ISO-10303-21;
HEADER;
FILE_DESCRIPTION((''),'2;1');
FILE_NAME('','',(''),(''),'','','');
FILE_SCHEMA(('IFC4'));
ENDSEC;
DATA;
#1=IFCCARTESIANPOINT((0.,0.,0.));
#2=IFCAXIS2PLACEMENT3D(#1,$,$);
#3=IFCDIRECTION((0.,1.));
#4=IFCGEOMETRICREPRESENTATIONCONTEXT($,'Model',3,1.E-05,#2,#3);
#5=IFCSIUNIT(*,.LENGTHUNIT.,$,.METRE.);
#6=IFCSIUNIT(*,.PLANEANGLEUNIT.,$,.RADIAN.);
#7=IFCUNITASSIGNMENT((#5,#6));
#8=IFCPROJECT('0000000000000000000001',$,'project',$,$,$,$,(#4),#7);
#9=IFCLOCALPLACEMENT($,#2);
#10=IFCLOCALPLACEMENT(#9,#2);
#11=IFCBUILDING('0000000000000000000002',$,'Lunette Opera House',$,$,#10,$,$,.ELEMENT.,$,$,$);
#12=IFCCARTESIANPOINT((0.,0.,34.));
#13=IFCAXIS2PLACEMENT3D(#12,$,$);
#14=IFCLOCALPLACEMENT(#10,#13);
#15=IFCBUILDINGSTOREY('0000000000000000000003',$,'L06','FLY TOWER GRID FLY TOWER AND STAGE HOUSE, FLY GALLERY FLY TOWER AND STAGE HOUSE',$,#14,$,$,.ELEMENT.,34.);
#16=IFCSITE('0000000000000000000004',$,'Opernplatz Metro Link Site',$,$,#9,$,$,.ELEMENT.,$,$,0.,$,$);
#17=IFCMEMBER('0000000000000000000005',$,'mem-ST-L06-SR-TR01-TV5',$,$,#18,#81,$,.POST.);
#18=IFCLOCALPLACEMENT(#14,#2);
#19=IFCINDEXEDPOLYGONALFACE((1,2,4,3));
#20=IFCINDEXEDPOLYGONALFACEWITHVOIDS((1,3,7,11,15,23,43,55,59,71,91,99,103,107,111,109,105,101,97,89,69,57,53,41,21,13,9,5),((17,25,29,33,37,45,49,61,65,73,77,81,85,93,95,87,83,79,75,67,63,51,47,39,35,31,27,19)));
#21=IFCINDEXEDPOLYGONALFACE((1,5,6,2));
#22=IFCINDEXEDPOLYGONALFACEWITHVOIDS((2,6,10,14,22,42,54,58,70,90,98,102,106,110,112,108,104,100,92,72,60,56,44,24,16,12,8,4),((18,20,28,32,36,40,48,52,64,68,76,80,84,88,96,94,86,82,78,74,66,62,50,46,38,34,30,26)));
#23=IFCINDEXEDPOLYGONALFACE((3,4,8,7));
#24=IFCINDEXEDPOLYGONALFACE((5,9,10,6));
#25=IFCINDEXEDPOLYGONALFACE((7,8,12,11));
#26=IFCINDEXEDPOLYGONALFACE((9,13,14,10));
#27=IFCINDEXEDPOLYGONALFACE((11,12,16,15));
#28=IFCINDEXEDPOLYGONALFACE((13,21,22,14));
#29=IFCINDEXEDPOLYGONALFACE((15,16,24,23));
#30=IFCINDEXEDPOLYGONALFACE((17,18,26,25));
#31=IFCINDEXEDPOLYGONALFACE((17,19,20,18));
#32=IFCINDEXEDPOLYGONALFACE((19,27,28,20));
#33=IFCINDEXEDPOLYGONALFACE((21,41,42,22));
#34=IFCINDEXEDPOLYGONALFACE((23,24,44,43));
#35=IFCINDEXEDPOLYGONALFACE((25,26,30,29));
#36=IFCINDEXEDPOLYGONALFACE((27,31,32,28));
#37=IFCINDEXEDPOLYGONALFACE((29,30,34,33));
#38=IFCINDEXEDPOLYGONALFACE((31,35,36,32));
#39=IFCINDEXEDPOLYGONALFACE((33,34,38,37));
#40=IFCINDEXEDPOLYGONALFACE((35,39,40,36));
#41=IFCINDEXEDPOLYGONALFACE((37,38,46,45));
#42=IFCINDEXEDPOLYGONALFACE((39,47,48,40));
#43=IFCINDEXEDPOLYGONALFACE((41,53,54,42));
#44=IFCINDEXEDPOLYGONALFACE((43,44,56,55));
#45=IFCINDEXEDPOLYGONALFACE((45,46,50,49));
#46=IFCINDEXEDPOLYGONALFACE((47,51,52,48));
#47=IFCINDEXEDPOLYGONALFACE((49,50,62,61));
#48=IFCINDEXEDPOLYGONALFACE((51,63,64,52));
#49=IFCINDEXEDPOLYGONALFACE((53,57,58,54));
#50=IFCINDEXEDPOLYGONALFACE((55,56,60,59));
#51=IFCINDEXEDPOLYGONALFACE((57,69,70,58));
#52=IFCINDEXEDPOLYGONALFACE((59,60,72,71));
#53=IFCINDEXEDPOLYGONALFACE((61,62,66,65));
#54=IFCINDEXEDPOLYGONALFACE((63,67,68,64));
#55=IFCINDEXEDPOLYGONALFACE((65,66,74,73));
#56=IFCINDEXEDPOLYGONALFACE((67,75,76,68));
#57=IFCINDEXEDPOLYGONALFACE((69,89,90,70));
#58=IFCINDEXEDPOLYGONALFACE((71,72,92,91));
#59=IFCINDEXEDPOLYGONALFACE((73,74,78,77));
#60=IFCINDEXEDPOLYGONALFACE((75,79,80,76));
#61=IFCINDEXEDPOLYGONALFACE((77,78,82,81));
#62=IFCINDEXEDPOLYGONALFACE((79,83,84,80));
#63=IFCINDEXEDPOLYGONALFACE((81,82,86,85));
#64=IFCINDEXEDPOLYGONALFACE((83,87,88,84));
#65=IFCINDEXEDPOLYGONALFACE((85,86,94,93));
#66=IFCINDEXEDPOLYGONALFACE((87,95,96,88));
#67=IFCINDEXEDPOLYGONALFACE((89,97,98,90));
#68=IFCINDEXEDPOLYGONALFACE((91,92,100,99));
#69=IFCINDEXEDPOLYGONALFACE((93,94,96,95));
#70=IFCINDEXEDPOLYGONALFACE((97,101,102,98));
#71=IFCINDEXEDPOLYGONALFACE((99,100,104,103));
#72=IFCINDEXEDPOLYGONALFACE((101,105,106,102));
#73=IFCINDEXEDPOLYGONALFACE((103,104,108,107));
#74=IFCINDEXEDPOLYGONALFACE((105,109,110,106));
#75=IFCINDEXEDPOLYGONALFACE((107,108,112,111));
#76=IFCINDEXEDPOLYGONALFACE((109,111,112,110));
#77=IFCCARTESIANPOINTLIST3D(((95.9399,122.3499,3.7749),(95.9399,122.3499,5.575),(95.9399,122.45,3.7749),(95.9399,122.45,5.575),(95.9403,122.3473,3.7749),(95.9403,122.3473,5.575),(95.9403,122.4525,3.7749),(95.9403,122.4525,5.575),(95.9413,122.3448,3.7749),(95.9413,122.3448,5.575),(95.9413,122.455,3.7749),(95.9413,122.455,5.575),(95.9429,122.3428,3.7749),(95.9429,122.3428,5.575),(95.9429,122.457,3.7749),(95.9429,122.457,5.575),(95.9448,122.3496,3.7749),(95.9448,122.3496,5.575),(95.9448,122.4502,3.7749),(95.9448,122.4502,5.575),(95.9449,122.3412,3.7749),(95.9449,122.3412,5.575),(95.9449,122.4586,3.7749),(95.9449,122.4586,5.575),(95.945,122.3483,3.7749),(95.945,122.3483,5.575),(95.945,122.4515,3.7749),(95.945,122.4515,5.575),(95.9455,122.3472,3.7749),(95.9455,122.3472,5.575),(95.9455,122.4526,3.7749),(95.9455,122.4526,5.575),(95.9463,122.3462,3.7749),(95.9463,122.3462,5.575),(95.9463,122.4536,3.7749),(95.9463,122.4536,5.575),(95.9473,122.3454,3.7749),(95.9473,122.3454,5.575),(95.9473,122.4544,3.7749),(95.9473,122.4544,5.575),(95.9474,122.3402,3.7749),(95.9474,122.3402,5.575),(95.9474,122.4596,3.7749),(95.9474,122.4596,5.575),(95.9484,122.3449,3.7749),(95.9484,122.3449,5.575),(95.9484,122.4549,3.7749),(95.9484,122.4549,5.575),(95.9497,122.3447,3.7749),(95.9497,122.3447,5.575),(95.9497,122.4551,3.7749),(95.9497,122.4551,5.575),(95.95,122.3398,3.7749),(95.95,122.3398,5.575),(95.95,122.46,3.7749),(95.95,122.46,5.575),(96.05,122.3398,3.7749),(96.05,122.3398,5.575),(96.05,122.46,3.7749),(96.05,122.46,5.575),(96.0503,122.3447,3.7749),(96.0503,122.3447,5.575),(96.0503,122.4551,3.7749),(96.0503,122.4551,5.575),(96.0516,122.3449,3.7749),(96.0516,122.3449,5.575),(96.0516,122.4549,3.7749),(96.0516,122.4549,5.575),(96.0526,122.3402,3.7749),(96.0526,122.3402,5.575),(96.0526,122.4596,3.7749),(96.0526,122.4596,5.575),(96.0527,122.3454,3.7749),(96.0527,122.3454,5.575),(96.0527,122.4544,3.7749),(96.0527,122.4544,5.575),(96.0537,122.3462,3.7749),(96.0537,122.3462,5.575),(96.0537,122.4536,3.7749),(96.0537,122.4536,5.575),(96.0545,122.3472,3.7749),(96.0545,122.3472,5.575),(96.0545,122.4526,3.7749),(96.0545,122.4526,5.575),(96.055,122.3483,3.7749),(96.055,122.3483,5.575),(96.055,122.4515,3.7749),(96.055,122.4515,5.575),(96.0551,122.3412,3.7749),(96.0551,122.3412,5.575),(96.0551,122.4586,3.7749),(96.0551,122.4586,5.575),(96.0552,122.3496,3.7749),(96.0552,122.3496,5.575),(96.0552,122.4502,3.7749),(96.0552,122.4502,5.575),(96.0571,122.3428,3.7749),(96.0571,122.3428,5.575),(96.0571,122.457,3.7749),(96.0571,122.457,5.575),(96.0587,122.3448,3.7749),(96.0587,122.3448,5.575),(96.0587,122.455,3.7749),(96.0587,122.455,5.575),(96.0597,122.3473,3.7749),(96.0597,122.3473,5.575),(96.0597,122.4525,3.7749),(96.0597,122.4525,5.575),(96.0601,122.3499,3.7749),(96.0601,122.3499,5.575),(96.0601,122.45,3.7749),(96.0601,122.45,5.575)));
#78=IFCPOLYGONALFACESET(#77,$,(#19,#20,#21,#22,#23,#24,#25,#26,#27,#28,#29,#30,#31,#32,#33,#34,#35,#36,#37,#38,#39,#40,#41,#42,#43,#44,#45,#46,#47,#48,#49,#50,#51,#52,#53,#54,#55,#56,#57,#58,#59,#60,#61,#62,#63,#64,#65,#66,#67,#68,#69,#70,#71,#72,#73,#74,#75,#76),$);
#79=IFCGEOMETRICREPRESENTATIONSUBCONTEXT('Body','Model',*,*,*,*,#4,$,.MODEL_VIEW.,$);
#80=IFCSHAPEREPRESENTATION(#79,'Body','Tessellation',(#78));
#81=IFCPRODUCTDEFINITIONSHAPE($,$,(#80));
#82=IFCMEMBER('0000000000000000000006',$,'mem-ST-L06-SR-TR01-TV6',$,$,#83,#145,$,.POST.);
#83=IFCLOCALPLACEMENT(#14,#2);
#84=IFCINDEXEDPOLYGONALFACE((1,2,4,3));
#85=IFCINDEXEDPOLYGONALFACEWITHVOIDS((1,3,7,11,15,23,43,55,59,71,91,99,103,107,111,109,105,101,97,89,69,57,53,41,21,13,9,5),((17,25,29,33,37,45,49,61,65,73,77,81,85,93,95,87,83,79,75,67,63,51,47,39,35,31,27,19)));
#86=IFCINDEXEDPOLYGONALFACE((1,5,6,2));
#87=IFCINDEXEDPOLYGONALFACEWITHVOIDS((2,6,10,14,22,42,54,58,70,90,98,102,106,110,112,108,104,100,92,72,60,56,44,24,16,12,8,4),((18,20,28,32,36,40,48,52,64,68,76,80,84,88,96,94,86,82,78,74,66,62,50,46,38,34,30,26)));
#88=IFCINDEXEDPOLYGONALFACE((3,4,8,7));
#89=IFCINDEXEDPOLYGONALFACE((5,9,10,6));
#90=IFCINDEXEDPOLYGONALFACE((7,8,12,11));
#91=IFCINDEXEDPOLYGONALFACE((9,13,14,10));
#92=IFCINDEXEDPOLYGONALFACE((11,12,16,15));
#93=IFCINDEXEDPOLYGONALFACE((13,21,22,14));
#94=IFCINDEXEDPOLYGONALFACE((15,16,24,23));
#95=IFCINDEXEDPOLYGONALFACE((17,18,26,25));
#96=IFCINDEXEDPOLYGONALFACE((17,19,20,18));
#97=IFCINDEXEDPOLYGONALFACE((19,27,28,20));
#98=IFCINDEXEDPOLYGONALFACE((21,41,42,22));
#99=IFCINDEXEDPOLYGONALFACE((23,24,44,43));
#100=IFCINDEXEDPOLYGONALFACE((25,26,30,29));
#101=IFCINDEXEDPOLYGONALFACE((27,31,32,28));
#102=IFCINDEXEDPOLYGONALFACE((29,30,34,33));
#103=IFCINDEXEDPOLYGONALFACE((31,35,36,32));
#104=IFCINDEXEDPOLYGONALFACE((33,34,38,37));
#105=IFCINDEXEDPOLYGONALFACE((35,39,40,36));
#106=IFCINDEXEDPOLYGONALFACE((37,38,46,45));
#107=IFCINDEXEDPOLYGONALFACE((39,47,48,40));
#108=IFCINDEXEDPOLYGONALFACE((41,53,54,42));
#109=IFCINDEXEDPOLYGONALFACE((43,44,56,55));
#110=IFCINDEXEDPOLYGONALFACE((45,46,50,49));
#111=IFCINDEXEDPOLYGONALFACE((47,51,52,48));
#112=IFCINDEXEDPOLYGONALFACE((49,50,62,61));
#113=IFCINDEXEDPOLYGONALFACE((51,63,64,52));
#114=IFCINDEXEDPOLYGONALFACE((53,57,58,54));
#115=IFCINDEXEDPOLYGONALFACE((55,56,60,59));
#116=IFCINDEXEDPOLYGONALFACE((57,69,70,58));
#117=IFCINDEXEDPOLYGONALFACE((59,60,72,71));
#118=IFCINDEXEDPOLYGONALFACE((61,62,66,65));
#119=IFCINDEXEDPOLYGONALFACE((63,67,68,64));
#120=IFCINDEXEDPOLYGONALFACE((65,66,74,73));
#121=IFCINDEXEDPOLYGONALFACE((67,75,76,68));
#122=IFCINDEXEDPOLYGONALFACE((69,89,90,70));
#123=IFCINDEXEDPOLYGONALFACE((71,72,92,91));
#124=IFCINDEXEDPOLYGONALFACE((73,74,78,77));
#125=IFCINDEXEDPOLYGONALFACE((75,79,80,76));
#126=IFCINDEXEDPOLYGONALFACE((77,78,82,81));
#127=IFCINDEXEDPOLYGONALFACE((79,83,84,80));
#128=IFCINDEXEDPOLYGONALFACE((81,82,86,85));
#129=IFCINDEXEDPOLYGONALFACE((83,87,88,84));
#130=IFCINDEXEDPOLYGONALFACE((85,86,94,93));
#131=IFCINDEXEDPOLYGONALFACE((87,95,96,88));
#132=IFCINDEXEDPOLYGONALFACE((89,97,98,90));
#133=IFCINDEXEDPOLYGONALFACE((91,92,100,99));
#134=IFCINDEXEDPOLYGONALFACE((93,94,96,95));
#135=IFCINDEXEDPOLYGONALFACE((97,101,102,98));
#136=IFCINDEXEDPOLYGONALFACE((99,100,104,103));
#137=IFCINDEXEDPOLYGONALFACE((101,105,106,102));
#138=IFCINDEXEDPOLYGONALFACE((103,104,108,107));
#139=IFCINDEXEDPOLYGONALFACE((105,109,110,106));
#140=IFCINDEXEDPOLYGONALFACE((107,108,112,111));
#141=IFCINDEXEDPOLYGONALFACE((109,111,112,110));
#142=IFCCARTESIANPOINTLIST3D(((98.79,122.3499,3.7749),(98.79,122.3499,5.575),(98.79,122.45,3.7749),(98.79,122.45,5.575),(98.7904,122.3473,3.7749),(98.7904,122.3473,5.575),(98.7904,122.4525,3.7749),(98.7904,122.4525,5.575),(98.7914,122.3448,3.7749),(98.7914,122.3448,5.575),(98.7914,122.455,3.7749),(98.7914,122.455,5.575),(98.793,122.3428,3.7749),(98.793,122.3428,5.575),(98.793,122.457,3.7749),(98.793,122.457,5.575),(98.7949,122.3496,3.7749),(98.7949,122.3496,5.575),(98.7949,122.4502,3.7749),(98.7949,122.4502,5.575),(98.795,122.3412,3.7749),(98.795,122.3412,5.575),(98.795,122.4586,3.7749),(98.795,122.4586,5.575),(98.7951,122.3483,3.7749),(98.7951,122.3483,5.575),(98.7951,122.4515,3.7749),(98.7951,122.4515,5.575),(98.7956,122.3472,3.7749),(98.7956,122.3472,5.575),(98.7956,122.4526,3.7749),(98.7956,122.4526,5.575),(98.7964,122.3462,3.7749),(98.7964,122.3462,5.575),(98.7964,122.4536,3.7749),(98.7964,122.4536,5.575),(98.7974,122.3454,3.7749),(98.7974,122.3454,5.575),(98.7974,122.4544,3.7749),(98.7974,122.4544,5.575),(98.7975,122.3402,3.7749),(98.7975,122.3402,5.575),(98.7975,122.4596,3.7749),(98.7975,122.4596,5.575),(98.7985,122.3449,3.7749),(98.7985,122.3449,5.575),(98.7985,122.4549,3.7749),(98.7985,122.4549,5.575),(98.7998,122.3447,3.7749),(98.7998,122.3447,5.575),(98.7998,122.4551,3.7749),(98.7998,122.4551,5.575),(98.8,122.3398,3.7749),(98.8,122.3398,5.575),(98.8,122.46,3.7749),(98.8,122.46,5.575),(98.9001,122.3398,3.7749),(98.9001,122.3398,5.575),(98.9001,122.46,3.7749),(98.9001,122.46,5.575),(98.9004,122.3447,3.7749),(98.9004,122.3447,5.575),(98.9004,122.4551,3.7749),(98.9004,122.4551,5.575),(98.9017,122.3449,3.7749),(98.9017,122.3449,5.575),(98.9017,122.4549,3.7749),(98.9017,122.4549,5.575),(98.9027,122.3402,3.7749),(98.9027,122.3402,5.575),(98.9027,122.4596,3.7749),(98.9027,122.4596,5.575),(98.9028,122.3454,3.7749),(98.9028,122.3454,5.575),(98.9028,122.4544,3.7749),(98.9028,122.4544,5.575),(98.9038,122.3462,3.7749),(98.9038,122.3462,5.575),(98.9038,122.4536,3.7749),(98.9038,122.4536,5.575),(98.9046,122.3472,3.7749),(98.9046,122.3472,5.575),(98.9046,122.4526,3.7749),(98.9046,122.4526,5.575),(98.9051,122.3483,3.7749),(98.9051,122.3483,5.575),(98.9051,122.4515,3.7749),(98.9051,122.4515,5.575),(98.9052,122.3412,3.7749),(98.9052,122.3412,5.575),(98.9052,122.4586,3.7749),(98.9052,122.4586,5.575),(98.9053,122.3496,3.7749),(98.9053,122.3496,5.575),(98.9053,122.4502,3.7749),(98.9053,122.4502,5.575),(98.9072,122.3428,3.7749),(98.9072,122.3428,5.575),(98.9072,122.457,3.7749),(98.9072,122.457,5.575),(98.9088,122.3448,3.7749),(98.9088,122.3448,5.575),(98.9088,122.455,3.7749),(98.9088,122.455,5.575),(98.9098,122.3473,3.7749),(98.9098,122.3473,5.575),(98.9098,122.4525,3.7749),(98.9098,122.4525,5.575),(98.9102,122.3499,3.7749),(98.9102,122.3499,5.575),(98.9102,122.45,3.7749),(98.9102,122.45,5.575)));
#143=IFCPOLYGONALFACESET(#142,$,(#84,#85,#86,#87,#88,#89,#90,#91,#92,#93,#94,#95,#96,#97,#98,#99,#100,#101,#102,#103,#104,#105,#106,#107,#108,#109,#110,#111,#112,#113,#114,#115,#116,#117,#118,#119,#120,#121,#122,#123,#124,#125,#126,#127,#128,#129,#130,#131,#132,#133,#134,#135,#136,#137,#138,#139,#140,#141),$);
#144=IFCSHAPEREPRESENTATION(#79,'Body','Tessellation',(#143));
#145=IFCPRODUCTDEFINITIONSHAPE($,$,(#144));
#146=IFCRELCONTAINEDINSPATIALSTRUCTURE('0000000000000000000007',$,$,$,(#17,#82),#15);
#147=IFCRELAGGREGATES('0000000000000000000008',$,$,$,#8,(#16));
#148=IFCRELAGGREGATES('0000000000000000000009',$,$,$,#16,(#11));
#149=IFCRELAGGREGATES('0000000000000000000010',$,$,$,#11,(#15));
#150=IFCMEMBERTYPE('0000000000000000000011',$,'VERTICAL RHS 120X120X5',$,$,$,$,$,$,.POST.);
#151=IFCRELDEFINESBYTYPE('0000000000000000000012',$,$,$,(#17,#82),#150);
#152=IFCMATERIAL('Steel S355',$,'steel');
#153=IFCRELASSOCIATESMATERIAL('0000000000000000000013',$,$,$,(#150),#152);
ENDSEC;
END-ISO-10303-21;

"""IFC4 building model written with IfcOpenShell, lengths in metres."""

from ifc_helpers import new_model, si_unit, direction, frame, origin, origin_2d, place, context, subcontext, project, spatial, hollow_rectangle, extrude, material, material_profile, profile_set, type_object, element, save


model = new_model("IFC4")

# Units and contexts
model_context = context("Model", 3, precision=1e-05, world=origin(), true_north=direction((0.0, 1.0)))
body_context = subcontext(model_context, "Body", "Model", "MODEL_VIEW")
ifc_project = project(units=[si_unit("LENGTHUNIT", "METRE"), si_unit("PLANEANGLEUNIT", "RADIAN")], contexts=[model_context])

# Site, building, storey
site_placement = place(None, origin())
site = spatial("IfcSite", under=ifc_project, at=site_placement, Name="Opernplatz Metro Link Site", CompositionType="ELEMENT", RefElevation=0.0)
building_placement = place(site_placement, origin())
building = spatial("IfcBuilding", under=site, at=building_placement, Name="Lunette Opera House", CompositionType="ELEMENT")
storey_placement = place(building_placement, frame((0.0, 0.0, 34.0)))
storey = spatial("IfcBuildingStorey", under=building, at=storey_placement, Name="L06", Description="FLY TOWER GRID FLY TOWER AND STAGE HOUSE, FLY GALLERY FLY TOWER AND STAGE HOUSE", CompositionType="ELEMENT", Elevation=34.0)

# Members
ifc_material_1 = material(Name="Steel S355", Category="steel")
ifc_material_profile_1 = material_profile(ifc_material_1, hollow_rectangle(XDim=0.1201, YDim=0.1201, WallThickness=0.0049, InnerFilletRadius=0.0049, OuterFilletRadius=0.01, at=origin_2d()), Name="RHS 120X120X5")
ifc_profile_set_1 = profile_set([ifc_material_profile_1], Name="Steel S355")
member_type_1 = type_object("IfcMemberType", Name="VERTICAL RHS 120X120X5", PredefinedType="POST", material=ifc_profile_set_1)
for number, where, z_axis, x_axis, name in (
    (1, (96.0, 122.3999, 3.7749), (0.0, 0.0, 1.0), (1.0, 0.0, 0.0), "mem-ST-L06-SR-TR01-TV5"),
    (2, (98.8501, 122.3999, 3.7749), (0.0, 0.0, 1.0), (1.0, 0.0, 0.0), "mem-ST-L06-SR-TR01-TV6"),
):
    element("IfcMember", number, at=place(storey_placement, frame(where, z_axis=z_axis, x_axis=x_axis)), inside=storey, type_object=member_type_1, Name=name, PredefinedType="POST", context=body_context, shape_type="SweptSolid", body=[
        extrude(hollow_rectangle(XDim=0.1201, YDim=0.1201, WallThickness=0.0049, InnerFilletRadius=0.0049, OuterFilletRadius=0.01, at=origin_2d()), origin(), (0.0, 0.0, 1.0), 1.8),
    ])

save(model, "model.ifc")
